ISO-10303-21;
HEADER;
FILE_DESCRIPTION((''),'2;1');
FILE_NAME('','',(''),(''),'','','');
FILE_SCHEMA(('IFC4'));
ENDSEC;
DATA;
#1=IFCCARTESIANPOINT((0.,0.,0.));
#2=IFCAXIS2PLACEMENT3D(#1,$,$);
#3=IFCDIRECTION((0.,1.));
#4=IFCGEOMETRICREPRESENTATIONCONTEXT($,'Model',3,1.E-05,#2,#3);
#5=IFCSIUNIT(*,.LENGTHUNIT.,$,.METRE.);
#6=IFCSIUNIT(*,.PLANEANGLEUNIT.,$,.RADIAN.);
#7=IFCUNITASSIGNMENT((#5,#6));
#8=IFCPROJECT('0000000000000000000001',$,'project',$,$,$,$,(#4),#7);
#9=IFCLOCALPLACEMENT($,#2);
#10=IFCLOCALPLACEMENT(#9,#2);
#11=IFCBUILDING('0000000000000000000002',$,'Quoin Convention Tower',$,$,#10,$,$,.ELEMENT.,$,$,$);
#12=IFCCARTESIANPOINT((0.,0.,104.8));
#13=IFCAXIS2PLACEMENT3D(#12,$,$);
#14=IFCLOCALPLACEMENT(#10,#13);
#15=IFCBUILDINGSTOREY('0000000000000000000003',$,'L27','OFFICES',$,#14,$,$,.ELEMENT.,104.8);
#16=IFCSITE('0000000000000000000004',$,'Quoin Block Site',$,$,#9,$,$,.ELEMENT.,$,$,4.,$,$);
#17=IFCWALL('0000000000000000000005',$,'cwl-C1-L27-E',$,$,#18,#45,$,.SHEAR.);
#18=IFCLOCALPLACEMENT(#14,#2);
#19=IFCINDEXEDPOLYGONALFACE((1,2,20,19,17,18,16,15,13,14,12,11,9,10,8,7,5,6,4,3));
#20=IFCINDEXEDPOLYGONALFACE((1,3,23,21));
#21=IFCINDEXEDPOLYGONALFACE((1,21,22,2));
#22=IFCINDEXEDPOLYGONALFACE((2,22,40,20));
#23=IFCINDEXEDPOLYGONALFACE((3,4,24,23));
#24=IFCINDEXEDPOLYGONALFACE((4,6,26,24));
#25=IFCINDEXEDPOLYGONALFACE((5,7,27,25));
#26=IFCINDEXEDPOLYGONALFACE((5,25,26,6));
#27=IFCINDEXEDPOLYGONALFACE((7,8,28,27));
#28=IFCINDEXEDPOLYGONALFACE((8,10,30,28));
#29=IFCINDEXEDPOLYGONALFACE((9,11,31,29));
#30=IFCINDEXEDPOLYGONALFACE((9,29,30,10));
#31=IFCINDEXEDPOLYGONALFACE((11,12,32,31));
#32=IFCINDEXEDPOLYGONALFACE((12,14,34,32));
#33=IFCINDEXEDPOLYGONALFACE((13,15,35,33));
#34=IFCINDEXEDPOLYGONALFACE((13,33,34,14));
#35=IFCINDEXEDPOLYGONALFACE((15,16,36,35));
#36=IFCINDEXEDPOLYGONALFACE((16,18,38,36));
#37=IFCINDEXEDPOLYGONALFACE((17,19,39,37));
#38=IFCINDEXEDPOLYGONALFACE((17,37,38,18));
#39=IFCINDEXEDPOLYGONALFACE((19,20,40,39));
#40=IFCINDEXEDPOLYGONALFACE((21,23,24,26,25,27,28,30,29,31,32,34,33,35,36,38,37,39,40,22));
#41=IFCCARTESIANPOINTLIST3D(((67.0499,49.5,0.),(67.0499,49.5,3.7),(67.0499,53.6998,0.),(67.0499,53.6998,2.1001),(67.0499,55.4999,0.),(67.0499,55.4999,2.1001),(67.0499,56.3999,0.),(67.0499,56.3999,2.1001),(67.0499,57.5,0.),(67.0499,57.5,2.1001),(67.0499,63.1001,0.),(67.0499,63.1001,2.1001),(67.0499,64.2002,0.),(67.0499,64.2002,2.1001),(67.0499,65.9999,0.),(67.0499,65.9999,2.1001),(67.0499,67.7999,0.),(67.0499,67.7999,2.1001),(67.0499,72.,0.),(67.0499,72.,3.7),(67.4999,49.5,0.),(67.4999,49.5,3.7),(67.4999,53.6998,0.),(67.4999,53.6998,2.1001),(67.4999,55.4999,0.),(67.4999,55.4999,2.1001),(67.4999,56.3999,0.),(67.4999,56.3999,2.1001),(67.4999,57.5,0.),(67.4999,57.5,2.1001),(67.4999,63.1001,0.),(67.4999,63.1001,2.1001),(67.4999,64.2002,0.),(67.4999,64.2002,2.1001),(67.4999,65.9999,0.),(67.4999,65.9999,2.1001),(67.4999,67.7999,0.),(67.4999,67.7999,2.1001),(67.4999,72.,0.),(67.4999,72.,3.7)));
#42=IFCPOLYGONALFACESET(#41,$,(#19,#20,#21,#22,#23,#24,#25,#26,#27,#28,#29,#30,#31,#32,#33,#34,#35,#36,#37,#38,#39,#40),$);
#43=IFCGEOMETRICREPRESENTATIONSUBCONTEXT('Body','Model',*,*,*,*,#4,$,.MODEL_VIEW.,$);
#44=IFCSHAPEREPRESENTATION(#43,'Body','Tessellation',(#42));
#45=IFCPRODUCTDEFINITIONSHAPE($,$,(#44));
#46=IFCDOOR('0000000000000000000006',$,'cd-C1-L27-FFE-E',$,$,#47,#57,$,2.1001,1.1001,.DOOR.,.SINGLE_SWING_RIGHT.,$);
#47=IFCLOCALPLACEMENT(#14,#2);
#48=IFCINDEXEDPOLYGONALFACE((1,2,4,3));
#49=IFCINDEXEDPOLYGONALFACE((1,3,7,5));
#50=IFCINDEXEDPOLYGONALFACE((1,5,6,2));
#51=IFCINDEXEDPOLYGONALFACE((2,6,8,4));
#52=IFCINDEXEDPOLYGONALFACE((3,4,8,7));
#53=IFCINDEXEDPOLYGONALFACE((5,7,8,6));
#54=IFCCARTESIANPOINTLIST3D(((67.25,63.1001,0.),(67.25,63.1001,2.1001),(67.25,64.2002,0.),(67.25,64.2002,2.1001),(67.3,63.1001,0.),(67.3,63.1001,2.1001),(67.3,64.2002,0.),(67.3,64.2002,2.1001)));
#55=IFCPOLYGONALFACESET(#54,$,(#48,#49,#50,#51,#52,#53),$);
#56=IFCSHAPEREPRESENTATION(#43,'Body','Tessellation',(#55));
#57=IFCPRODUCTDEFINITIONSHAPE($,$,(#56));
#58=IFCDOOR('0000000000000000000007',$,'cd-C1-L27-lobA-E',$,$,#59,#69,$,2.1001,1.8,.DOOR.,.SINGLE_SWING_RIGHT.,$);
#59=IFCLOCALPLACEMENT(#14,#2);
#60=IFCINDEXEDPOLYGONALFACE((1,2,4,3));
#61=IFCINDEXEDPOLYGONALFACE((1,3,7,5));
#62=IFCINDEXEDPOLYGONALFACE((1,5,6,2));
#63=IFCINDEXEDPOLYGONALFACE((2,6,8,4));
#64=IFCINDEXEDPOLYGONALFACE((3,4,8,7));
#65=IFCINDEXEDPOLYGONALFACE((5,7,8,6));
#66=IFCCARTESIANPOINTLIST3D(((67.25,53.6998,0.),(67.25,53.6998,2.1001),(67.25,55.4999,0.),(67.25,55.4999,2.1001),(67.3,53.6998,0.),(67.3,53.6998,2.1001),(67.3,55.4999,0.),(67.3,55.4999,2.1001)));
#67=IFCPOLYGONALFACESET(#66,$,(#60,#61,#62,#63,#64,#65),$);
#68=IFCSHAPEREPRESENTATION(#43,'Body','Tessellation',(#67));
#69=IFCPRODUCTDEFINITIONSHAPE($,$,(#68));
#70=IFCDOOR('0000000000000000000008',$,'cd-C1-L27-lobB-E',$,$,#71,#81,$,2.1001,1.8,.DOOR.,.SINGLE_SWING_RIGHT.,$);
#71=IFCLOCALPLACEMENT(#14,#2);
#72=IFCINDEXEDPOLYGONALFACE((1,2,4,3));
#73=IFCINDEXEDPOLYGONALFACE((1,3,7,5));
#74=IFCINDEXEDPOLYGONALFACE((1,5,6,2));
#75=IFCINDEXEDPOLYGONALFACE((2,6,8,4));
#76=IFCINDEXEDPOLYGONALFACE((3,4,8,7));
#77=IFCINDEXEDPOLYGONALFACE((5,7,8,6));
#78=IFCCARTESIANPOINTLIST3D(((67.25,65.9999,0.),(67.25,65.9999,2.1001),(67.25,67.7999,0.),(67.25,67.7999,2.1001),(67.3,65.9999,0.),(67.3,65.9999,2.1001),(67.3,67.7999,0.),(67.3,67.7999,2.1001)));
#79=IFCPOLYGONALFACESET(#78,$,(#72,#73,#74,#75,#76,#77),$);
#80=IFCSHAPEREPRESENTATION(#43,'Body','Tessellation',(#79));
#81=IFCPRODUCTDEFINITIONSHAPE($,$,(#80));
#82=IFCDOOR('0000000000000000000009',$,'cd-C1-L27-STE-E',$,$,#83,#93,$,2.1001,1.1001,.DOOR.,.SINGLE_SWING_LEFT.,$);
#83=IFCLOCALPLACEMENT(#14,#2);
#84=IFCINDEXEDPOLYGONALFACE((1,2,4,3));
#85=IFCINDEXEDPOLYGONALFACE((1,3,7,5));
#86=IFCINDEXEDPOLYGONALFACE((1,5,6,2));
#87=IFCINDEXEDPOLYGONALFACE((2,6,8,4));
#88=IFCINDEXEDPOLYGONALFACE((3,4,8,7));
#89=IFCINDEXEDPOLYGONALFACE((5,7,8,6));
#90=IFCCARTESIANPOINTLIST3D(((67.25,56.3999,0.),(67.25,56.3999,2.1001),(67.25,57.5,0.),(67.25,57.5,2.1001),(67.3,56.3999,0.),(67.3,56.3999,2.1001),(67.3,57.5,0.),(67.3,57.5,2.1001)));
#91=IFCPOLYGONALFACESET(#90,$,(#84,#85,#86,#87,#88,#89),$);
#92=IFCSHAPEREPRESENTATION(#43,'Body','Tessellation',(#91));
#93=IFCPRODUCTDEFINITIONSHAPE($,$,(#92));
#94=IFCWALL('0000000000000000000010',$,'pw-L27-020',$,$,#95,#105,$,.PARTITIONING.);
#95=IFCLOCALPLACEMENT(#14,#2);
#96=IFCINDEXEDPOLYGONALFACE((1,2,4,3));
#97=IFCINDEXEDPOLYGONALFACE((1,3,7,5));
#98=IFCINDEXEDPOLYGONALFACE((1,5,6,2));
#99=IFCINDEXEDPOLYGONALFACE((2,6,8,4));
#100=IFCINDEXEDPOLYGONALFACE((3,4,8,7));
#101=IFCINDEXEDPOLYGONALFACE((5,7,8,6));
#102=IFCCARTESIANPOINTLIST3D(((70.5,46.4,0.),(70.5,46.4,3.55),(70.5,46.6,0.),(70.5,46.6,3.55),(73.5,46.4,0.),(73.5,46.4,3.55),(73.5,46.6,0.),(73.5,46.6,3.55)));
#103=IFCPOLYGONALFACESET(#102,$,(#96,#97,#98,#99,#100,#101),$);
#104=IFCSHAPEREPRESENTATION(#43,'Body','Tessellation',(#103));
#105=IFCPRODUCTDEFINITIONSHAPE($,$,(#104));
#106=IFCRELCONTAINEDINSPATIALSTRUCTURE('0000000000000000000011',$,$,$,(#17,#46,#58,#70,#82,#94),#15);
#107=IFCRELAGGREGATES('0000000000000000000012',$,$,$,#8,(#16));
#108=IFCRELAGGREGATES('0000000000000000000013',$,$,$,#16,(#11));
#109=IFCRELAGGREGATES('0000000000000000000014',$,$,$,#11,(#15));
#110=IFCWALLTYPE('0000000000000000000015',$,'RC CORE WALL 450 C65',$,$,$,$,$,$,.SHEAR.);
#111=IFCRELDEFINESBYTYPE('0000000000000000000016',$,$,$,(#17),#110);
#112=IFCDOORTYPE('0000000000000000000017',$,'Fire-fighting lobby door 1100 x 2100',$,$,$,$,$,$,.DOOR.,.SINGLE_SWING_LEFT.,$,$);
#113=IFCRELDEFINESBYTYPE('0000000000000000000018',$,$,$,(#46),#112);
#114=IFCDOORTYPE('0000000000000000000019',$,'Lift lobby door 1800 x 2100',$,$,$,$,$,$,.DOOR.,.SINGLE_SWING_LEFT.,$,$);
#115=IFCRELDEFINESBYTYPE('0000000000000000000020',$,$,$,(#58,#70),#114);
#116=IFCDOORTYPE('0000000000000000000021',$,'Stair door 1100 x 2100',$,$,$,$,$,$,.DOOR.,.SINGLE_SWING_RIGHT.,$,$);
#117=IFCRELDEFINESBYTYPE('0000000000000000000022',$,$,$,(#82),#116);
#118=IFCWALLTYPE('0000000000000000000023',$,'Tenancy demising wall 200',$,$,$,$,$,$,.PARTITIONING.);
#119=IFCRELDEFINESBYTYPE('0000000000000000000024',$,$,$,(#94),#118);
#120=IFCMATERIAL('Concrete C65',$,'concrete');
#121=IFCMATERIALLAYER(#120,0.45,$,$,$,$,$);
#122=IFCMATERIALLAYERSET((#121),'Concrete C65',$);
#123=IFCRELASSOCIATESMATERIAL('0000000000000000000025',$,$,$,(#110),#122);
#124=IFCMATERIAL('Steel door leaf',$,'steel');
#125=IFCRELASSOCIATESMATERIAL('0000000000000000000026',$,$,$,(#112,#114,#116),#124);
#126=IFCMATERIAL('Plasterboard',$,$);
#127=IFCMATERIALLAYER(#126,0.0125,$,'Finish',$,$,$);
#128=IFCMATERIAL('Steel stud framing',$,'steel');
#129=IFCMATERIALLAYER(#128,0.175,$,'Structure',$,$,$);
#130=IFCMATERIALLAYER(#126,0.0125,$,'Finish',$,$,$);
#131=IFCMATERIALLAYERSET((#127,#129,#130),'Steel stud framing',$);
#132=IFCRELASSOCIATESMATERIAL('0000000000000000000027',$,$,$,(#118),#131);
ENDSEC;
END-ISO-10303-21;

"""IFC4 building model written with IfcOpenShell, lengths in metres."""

from ifc_helpers import new_model, si_unit, direction, frame, frame_2d, origin, place, context, subcontext, project, spatial, rectangle, extrude, material, layer, layer_set, type_object, element, fill, save


model = new_model("IFC4")

# Units and contexts
model_context = context("Model", 3, precision=1e-05, world=origin(), true_north=direction((0.0, 1.0)))
body_context = subcontext(model_context, "Body", "Model", "MODEL_VIEW")
ifc_project = project(units=[si_unit("LENGTHUNIT", "METRE"), si_unit("PLANEANGLEUNIT", "RADIAN")], contexts=[model_context])

# Site, building, storey
site_placement = place(None, origin())
site = spatial("IfcSite", under=ifc_project, at=site_placement, Name="Quoin Block Site", CompositionType="ELEMENT", RefElevation=4.0)
building_placement = place(site_placement, origin())
building = spatial("IfcBuilding", under=site, at=building_placement, Name="Quoin Convention Tower", CompositionType="ELEMENT")
storey_placement = place(building_placement, frame((0.0, 0.0, 104.8)))
storey = spatial("IfcBuildingStorey", under=building, at=storey_placement, Name="L27", Description="OFFICES", CompositionType="ELEMENT", Elevation=104.8)

# Shared definitions
ifc_material_1 = material(Name="Concrete C65", Category="concrete")

# Shared definitions
ifc_material_2 = material(Name="Plasterboard")
ifc_material_3 = material(Name="Steel stud framing", Category="steel")
ifc_material_4 = material(Name="Steel door leaf", Category="steel")

# Wall, openings, doors
ifc_layer_1 = layer(ifc_material_1, 0.45)
ifc_layer_set_1 = layer_set([ifc_layer_1], Name="Concrete C65")
wall_type_1 = type_object("IfcWallType", Name="RC CORE WALL 450 C65", PredefinedType="SHEAR", material=ifc_layer_set_1)
wall_1_placement = place(storey_placement, frame((67.2749, 49.5, 0.0), z_axis=(0.0, 0.0, 1.0), x_axis=(0.0, 1.0, 0.0)))
wall_1 = element("IfcWall", 1, at=wall_1_placement, inside=storey, type_object=wall_type_1, Name="cwl-C1-L27-E", PredefinedType="SHEAR", context=body_context, shape_type="SweptSolid", body=[
    extrude(rectangle(XDim=22.5, YDim=0.45, at=frame_2d((11.25, 0.0))), origin(), (0.0, 0.0, 1.0), 3.7),
])
opening_1_placement = place(wall_1_placement, frame((4.2, 0.0, 0.0)))
opening_1 = element("IfcOpeningElement", 2, at=opening_1_placement, cuts=wall_1, PredefinedType="OPENING", context=body_context, shape_type="SweptSolid", body=[
    extrude(rectangle(XDim=1.8, YDim=2.1001, at=frame_2d((0.8999, 1.05))), frame((0.0, 0.2349, 0.0), z_axis=(0.0, -1.0, 0.0), x_axis=(1.0, 0.0, 0.0)), (0.0, 0.0, 1.0), 0.47),
])
opening_2_placement = place(wall_1_placement, frame((6.8999, 0.0, 0.0)))
opening_2 = element("IfcOpeningElement", 3, at=opening_2_placement, cuts=wall_1, PredefinedType="OPENING", context=body_context, shape_type="SweptSolid", body=[
    extrude(rectangle(XDim=1.1001, YDim=2.1001, at=frame_2d((0.55, 1.05))), frame((0.0, 0.2349, 0.0), z_axis=(0.0, -1.0, 0.0), x_axis=(1.0, 0.0, 0.0)), (0.0, 0.0, 1.0), 0.47),
])
opening_3_placement = place(wall_1_placement, frame((13.6001, 0.0, 0.0)))
opening_3 = element("IfcOpeningElement", 4, at=opening_3_placement, cuts=wall_1, PredefinedType="OPENING", context=body_context, shape_type="SweptSolid", body=[
    extrude(rectangle(XDim=1.1001, YDim=2.1001, at=frame_2d((0.55, 1.05))), frame((0.0, 0.2349, 0.0), z_axis=(0.0, -1.0, 0.0), x_axis=(1.0, 0.0, 0.0)), (0.0, 0.0, 1.0), 0.47),
])
opening_4_placement = place(wall_1_placement, frame((16.5, 0.0, 0.0)))
opening_4 = element("IfcOpeningElement", 5, at=opening_4_placement, cuts=wall_1, PredefinedType="OPENING", context=body_context, shape_type="SweptSolid", body=[
    extrude(rectangle(XDim=1.8, YDim=2.1001, at=frame_2d((0.8999, 1.05))), frame((0.0, 0.2349, 0.0), z_axis=(0.0, -1.0, 0.0), x_axis=(1.0, 0.0, 0.0)), (0.0, 0.0, 1.0), 0.47),
])
door_type_1 = type_object("IfcDoorType", Name="Fire-fighting lobby door 1100 x 2100", OperationType="SINGLE_SWING_LEFT", PredefinedType="DOOR", material=ifc_material_4)
door_1_placement = place(opening_3_placement, origin())
door_1 = element("IfcDoor", 6, at=door_1_placement, inside=storey, type_object=door_type_1, Name="cd-C1-L27-FFE-E", OperationType="SINGLE_SWING_RIGHT", OverallHeight=2.1001, OverallWidth=1.1001, PredefinedType="DOOR", context=body_context, shape_type="SweptSolid", body=[
    extrude(rectangle(XDim=1.1001, YDim=2.1001, at=frame_2d((0.55, 1.05))), frame((0.0, 0.0249, 0.0), z_axis=(0.0, -1.0, 0.0), x_axis=(1.0, 0.0, 0.0)), (0.0, 0.0, 1.0), 0.05),
])
fill(opening_3, door_1)
door_type_2 = type_object("IfcDoorType", Name="Lift lobby door 1800 x 2100", OperationType="SINGLE_SWING_LEFT", PredefinedType="DOOR", material=ifc_material_4)
door_2_placement = place(opening_1_placement, origin())
door_2 = element("IfcDoor", 7, at=door_2_placement, inside=storey, type_object=door_type_2, Name="cd-C1-L27-lobA-E", OperationType="SINGLE_SWING_RIGHT", OverallHeight=2.1001, OverallWidth=1.8, PredefinedType="DOOR", context=body_context, shape_type="SweptSolid", body=[
    extrude(rectangle(XDim=1.8, YDim=2.1001, at=frame_2d((0.8999, 1.05))), frame((0.0, 0.0249, 0.0), z_axis=(0.0, -1.0, 0.0), x_axis=(1.0, 0.0, 0.0)), (0.0, 0.0, 1.0), 0.05),
])
fill(opening_1, door_2)
door_3_placement = place(opening_4_placement, origin())
door_3 = element("IfcDoor", 8, at=door_3_placement, inside=storey, type_object=door_type_2, Name="cd-C1-L27-lobB-E", OperationType="SINGLE_SWING_RIGHT", OverallHeight=2.1001, OverallWidth=1.8, PredefinedType="DOOR", context=body_context, shape_type="SweptSolid", body=[
    extrude(rectangle(XDim=1.8, YDim=2.1001, at=frame_2d((0.8999, 1.05))), frame((0.0, 0.0249, 0.0), z_axis=(0.0, -1.0, 0.0), x_axis=(1.0, 0.0, 0.0)), (0.0, 0.0, 1.0), 0.05),
])
fill(opening_4, door_3)
door_type_3 = type_object("IfcDoorType", Name="Stair door 1100 x 2100", OperationType="SINGLE_SWING_RIGHT", PredefinedType="DOOR", material=ifc_material_4)
door_4_placement = place(opening_2_placement, origin())
door_4 = element("IfcDoor", 9, at=door_4_placement, inside=storey, type_object=door_type_3, Name="cd-C1-L27-STE-E", OperationType="SINGLE_SWING_LEFT", OverallHeight=2.1001, OverallWidth=1.1001, PredefinedType="DOOR", context=body_context, shape_type="SweptSolid", body=[
    extrude(rectangle(XDim=1.1001, YDim=2.1001, at=frame_2d((0.55, 1.05))), frame((0.0, 0.0249, 0.0), z_axis=(0.0, -1.0, 0.0), x_axis=(1.0, 0.0, 0.0)), (0.0, 0.0, 1.0), 0.05),
])
fill(opening_2, door_4)

# Wall
ifc_layer_2 = layer(ifc_material_2, 0.0125, Name="Finish")
ifc_layer_3 = layer(ifc_material_3, 0.175, Name="Structure")
ifc_layer_4 = layer(ifc_material_2, 0.0125, Name="Finish")
ifc_layer_set_2 = layer_set([ifc_layer_2, ifc_layer_3, ifc_layer_4], Name="Steel stud framing")
wall_type_2 = type_object("IfcWallType", Name="Tenancy demising wall 200", PredefinedType="PARTITIONING", material=ifc_layer_set_2)
wall_2_placement = place(storey_placement, frame((70.5, 46.5, 0.0), z_axis=(0.0, 0.0, 1.0), x_axis=(1.0, 0.0, 0.0)))
element("IfcWall", 10, at=wall_2_placement, inside=storey, type_object=wall_type_2, Name="pw-L27-020", PredefinedType="PARTITIONING", context=body_context, shape_type="SweptSolid", body=[
    extrude(rectangle(XDim=3.0, YDim=0.2, at=frame_2d((1.5, 0.0))), origin(), (0.0, 0.0, 1.0), 3.55),
])

save(model, "model.ifc")
